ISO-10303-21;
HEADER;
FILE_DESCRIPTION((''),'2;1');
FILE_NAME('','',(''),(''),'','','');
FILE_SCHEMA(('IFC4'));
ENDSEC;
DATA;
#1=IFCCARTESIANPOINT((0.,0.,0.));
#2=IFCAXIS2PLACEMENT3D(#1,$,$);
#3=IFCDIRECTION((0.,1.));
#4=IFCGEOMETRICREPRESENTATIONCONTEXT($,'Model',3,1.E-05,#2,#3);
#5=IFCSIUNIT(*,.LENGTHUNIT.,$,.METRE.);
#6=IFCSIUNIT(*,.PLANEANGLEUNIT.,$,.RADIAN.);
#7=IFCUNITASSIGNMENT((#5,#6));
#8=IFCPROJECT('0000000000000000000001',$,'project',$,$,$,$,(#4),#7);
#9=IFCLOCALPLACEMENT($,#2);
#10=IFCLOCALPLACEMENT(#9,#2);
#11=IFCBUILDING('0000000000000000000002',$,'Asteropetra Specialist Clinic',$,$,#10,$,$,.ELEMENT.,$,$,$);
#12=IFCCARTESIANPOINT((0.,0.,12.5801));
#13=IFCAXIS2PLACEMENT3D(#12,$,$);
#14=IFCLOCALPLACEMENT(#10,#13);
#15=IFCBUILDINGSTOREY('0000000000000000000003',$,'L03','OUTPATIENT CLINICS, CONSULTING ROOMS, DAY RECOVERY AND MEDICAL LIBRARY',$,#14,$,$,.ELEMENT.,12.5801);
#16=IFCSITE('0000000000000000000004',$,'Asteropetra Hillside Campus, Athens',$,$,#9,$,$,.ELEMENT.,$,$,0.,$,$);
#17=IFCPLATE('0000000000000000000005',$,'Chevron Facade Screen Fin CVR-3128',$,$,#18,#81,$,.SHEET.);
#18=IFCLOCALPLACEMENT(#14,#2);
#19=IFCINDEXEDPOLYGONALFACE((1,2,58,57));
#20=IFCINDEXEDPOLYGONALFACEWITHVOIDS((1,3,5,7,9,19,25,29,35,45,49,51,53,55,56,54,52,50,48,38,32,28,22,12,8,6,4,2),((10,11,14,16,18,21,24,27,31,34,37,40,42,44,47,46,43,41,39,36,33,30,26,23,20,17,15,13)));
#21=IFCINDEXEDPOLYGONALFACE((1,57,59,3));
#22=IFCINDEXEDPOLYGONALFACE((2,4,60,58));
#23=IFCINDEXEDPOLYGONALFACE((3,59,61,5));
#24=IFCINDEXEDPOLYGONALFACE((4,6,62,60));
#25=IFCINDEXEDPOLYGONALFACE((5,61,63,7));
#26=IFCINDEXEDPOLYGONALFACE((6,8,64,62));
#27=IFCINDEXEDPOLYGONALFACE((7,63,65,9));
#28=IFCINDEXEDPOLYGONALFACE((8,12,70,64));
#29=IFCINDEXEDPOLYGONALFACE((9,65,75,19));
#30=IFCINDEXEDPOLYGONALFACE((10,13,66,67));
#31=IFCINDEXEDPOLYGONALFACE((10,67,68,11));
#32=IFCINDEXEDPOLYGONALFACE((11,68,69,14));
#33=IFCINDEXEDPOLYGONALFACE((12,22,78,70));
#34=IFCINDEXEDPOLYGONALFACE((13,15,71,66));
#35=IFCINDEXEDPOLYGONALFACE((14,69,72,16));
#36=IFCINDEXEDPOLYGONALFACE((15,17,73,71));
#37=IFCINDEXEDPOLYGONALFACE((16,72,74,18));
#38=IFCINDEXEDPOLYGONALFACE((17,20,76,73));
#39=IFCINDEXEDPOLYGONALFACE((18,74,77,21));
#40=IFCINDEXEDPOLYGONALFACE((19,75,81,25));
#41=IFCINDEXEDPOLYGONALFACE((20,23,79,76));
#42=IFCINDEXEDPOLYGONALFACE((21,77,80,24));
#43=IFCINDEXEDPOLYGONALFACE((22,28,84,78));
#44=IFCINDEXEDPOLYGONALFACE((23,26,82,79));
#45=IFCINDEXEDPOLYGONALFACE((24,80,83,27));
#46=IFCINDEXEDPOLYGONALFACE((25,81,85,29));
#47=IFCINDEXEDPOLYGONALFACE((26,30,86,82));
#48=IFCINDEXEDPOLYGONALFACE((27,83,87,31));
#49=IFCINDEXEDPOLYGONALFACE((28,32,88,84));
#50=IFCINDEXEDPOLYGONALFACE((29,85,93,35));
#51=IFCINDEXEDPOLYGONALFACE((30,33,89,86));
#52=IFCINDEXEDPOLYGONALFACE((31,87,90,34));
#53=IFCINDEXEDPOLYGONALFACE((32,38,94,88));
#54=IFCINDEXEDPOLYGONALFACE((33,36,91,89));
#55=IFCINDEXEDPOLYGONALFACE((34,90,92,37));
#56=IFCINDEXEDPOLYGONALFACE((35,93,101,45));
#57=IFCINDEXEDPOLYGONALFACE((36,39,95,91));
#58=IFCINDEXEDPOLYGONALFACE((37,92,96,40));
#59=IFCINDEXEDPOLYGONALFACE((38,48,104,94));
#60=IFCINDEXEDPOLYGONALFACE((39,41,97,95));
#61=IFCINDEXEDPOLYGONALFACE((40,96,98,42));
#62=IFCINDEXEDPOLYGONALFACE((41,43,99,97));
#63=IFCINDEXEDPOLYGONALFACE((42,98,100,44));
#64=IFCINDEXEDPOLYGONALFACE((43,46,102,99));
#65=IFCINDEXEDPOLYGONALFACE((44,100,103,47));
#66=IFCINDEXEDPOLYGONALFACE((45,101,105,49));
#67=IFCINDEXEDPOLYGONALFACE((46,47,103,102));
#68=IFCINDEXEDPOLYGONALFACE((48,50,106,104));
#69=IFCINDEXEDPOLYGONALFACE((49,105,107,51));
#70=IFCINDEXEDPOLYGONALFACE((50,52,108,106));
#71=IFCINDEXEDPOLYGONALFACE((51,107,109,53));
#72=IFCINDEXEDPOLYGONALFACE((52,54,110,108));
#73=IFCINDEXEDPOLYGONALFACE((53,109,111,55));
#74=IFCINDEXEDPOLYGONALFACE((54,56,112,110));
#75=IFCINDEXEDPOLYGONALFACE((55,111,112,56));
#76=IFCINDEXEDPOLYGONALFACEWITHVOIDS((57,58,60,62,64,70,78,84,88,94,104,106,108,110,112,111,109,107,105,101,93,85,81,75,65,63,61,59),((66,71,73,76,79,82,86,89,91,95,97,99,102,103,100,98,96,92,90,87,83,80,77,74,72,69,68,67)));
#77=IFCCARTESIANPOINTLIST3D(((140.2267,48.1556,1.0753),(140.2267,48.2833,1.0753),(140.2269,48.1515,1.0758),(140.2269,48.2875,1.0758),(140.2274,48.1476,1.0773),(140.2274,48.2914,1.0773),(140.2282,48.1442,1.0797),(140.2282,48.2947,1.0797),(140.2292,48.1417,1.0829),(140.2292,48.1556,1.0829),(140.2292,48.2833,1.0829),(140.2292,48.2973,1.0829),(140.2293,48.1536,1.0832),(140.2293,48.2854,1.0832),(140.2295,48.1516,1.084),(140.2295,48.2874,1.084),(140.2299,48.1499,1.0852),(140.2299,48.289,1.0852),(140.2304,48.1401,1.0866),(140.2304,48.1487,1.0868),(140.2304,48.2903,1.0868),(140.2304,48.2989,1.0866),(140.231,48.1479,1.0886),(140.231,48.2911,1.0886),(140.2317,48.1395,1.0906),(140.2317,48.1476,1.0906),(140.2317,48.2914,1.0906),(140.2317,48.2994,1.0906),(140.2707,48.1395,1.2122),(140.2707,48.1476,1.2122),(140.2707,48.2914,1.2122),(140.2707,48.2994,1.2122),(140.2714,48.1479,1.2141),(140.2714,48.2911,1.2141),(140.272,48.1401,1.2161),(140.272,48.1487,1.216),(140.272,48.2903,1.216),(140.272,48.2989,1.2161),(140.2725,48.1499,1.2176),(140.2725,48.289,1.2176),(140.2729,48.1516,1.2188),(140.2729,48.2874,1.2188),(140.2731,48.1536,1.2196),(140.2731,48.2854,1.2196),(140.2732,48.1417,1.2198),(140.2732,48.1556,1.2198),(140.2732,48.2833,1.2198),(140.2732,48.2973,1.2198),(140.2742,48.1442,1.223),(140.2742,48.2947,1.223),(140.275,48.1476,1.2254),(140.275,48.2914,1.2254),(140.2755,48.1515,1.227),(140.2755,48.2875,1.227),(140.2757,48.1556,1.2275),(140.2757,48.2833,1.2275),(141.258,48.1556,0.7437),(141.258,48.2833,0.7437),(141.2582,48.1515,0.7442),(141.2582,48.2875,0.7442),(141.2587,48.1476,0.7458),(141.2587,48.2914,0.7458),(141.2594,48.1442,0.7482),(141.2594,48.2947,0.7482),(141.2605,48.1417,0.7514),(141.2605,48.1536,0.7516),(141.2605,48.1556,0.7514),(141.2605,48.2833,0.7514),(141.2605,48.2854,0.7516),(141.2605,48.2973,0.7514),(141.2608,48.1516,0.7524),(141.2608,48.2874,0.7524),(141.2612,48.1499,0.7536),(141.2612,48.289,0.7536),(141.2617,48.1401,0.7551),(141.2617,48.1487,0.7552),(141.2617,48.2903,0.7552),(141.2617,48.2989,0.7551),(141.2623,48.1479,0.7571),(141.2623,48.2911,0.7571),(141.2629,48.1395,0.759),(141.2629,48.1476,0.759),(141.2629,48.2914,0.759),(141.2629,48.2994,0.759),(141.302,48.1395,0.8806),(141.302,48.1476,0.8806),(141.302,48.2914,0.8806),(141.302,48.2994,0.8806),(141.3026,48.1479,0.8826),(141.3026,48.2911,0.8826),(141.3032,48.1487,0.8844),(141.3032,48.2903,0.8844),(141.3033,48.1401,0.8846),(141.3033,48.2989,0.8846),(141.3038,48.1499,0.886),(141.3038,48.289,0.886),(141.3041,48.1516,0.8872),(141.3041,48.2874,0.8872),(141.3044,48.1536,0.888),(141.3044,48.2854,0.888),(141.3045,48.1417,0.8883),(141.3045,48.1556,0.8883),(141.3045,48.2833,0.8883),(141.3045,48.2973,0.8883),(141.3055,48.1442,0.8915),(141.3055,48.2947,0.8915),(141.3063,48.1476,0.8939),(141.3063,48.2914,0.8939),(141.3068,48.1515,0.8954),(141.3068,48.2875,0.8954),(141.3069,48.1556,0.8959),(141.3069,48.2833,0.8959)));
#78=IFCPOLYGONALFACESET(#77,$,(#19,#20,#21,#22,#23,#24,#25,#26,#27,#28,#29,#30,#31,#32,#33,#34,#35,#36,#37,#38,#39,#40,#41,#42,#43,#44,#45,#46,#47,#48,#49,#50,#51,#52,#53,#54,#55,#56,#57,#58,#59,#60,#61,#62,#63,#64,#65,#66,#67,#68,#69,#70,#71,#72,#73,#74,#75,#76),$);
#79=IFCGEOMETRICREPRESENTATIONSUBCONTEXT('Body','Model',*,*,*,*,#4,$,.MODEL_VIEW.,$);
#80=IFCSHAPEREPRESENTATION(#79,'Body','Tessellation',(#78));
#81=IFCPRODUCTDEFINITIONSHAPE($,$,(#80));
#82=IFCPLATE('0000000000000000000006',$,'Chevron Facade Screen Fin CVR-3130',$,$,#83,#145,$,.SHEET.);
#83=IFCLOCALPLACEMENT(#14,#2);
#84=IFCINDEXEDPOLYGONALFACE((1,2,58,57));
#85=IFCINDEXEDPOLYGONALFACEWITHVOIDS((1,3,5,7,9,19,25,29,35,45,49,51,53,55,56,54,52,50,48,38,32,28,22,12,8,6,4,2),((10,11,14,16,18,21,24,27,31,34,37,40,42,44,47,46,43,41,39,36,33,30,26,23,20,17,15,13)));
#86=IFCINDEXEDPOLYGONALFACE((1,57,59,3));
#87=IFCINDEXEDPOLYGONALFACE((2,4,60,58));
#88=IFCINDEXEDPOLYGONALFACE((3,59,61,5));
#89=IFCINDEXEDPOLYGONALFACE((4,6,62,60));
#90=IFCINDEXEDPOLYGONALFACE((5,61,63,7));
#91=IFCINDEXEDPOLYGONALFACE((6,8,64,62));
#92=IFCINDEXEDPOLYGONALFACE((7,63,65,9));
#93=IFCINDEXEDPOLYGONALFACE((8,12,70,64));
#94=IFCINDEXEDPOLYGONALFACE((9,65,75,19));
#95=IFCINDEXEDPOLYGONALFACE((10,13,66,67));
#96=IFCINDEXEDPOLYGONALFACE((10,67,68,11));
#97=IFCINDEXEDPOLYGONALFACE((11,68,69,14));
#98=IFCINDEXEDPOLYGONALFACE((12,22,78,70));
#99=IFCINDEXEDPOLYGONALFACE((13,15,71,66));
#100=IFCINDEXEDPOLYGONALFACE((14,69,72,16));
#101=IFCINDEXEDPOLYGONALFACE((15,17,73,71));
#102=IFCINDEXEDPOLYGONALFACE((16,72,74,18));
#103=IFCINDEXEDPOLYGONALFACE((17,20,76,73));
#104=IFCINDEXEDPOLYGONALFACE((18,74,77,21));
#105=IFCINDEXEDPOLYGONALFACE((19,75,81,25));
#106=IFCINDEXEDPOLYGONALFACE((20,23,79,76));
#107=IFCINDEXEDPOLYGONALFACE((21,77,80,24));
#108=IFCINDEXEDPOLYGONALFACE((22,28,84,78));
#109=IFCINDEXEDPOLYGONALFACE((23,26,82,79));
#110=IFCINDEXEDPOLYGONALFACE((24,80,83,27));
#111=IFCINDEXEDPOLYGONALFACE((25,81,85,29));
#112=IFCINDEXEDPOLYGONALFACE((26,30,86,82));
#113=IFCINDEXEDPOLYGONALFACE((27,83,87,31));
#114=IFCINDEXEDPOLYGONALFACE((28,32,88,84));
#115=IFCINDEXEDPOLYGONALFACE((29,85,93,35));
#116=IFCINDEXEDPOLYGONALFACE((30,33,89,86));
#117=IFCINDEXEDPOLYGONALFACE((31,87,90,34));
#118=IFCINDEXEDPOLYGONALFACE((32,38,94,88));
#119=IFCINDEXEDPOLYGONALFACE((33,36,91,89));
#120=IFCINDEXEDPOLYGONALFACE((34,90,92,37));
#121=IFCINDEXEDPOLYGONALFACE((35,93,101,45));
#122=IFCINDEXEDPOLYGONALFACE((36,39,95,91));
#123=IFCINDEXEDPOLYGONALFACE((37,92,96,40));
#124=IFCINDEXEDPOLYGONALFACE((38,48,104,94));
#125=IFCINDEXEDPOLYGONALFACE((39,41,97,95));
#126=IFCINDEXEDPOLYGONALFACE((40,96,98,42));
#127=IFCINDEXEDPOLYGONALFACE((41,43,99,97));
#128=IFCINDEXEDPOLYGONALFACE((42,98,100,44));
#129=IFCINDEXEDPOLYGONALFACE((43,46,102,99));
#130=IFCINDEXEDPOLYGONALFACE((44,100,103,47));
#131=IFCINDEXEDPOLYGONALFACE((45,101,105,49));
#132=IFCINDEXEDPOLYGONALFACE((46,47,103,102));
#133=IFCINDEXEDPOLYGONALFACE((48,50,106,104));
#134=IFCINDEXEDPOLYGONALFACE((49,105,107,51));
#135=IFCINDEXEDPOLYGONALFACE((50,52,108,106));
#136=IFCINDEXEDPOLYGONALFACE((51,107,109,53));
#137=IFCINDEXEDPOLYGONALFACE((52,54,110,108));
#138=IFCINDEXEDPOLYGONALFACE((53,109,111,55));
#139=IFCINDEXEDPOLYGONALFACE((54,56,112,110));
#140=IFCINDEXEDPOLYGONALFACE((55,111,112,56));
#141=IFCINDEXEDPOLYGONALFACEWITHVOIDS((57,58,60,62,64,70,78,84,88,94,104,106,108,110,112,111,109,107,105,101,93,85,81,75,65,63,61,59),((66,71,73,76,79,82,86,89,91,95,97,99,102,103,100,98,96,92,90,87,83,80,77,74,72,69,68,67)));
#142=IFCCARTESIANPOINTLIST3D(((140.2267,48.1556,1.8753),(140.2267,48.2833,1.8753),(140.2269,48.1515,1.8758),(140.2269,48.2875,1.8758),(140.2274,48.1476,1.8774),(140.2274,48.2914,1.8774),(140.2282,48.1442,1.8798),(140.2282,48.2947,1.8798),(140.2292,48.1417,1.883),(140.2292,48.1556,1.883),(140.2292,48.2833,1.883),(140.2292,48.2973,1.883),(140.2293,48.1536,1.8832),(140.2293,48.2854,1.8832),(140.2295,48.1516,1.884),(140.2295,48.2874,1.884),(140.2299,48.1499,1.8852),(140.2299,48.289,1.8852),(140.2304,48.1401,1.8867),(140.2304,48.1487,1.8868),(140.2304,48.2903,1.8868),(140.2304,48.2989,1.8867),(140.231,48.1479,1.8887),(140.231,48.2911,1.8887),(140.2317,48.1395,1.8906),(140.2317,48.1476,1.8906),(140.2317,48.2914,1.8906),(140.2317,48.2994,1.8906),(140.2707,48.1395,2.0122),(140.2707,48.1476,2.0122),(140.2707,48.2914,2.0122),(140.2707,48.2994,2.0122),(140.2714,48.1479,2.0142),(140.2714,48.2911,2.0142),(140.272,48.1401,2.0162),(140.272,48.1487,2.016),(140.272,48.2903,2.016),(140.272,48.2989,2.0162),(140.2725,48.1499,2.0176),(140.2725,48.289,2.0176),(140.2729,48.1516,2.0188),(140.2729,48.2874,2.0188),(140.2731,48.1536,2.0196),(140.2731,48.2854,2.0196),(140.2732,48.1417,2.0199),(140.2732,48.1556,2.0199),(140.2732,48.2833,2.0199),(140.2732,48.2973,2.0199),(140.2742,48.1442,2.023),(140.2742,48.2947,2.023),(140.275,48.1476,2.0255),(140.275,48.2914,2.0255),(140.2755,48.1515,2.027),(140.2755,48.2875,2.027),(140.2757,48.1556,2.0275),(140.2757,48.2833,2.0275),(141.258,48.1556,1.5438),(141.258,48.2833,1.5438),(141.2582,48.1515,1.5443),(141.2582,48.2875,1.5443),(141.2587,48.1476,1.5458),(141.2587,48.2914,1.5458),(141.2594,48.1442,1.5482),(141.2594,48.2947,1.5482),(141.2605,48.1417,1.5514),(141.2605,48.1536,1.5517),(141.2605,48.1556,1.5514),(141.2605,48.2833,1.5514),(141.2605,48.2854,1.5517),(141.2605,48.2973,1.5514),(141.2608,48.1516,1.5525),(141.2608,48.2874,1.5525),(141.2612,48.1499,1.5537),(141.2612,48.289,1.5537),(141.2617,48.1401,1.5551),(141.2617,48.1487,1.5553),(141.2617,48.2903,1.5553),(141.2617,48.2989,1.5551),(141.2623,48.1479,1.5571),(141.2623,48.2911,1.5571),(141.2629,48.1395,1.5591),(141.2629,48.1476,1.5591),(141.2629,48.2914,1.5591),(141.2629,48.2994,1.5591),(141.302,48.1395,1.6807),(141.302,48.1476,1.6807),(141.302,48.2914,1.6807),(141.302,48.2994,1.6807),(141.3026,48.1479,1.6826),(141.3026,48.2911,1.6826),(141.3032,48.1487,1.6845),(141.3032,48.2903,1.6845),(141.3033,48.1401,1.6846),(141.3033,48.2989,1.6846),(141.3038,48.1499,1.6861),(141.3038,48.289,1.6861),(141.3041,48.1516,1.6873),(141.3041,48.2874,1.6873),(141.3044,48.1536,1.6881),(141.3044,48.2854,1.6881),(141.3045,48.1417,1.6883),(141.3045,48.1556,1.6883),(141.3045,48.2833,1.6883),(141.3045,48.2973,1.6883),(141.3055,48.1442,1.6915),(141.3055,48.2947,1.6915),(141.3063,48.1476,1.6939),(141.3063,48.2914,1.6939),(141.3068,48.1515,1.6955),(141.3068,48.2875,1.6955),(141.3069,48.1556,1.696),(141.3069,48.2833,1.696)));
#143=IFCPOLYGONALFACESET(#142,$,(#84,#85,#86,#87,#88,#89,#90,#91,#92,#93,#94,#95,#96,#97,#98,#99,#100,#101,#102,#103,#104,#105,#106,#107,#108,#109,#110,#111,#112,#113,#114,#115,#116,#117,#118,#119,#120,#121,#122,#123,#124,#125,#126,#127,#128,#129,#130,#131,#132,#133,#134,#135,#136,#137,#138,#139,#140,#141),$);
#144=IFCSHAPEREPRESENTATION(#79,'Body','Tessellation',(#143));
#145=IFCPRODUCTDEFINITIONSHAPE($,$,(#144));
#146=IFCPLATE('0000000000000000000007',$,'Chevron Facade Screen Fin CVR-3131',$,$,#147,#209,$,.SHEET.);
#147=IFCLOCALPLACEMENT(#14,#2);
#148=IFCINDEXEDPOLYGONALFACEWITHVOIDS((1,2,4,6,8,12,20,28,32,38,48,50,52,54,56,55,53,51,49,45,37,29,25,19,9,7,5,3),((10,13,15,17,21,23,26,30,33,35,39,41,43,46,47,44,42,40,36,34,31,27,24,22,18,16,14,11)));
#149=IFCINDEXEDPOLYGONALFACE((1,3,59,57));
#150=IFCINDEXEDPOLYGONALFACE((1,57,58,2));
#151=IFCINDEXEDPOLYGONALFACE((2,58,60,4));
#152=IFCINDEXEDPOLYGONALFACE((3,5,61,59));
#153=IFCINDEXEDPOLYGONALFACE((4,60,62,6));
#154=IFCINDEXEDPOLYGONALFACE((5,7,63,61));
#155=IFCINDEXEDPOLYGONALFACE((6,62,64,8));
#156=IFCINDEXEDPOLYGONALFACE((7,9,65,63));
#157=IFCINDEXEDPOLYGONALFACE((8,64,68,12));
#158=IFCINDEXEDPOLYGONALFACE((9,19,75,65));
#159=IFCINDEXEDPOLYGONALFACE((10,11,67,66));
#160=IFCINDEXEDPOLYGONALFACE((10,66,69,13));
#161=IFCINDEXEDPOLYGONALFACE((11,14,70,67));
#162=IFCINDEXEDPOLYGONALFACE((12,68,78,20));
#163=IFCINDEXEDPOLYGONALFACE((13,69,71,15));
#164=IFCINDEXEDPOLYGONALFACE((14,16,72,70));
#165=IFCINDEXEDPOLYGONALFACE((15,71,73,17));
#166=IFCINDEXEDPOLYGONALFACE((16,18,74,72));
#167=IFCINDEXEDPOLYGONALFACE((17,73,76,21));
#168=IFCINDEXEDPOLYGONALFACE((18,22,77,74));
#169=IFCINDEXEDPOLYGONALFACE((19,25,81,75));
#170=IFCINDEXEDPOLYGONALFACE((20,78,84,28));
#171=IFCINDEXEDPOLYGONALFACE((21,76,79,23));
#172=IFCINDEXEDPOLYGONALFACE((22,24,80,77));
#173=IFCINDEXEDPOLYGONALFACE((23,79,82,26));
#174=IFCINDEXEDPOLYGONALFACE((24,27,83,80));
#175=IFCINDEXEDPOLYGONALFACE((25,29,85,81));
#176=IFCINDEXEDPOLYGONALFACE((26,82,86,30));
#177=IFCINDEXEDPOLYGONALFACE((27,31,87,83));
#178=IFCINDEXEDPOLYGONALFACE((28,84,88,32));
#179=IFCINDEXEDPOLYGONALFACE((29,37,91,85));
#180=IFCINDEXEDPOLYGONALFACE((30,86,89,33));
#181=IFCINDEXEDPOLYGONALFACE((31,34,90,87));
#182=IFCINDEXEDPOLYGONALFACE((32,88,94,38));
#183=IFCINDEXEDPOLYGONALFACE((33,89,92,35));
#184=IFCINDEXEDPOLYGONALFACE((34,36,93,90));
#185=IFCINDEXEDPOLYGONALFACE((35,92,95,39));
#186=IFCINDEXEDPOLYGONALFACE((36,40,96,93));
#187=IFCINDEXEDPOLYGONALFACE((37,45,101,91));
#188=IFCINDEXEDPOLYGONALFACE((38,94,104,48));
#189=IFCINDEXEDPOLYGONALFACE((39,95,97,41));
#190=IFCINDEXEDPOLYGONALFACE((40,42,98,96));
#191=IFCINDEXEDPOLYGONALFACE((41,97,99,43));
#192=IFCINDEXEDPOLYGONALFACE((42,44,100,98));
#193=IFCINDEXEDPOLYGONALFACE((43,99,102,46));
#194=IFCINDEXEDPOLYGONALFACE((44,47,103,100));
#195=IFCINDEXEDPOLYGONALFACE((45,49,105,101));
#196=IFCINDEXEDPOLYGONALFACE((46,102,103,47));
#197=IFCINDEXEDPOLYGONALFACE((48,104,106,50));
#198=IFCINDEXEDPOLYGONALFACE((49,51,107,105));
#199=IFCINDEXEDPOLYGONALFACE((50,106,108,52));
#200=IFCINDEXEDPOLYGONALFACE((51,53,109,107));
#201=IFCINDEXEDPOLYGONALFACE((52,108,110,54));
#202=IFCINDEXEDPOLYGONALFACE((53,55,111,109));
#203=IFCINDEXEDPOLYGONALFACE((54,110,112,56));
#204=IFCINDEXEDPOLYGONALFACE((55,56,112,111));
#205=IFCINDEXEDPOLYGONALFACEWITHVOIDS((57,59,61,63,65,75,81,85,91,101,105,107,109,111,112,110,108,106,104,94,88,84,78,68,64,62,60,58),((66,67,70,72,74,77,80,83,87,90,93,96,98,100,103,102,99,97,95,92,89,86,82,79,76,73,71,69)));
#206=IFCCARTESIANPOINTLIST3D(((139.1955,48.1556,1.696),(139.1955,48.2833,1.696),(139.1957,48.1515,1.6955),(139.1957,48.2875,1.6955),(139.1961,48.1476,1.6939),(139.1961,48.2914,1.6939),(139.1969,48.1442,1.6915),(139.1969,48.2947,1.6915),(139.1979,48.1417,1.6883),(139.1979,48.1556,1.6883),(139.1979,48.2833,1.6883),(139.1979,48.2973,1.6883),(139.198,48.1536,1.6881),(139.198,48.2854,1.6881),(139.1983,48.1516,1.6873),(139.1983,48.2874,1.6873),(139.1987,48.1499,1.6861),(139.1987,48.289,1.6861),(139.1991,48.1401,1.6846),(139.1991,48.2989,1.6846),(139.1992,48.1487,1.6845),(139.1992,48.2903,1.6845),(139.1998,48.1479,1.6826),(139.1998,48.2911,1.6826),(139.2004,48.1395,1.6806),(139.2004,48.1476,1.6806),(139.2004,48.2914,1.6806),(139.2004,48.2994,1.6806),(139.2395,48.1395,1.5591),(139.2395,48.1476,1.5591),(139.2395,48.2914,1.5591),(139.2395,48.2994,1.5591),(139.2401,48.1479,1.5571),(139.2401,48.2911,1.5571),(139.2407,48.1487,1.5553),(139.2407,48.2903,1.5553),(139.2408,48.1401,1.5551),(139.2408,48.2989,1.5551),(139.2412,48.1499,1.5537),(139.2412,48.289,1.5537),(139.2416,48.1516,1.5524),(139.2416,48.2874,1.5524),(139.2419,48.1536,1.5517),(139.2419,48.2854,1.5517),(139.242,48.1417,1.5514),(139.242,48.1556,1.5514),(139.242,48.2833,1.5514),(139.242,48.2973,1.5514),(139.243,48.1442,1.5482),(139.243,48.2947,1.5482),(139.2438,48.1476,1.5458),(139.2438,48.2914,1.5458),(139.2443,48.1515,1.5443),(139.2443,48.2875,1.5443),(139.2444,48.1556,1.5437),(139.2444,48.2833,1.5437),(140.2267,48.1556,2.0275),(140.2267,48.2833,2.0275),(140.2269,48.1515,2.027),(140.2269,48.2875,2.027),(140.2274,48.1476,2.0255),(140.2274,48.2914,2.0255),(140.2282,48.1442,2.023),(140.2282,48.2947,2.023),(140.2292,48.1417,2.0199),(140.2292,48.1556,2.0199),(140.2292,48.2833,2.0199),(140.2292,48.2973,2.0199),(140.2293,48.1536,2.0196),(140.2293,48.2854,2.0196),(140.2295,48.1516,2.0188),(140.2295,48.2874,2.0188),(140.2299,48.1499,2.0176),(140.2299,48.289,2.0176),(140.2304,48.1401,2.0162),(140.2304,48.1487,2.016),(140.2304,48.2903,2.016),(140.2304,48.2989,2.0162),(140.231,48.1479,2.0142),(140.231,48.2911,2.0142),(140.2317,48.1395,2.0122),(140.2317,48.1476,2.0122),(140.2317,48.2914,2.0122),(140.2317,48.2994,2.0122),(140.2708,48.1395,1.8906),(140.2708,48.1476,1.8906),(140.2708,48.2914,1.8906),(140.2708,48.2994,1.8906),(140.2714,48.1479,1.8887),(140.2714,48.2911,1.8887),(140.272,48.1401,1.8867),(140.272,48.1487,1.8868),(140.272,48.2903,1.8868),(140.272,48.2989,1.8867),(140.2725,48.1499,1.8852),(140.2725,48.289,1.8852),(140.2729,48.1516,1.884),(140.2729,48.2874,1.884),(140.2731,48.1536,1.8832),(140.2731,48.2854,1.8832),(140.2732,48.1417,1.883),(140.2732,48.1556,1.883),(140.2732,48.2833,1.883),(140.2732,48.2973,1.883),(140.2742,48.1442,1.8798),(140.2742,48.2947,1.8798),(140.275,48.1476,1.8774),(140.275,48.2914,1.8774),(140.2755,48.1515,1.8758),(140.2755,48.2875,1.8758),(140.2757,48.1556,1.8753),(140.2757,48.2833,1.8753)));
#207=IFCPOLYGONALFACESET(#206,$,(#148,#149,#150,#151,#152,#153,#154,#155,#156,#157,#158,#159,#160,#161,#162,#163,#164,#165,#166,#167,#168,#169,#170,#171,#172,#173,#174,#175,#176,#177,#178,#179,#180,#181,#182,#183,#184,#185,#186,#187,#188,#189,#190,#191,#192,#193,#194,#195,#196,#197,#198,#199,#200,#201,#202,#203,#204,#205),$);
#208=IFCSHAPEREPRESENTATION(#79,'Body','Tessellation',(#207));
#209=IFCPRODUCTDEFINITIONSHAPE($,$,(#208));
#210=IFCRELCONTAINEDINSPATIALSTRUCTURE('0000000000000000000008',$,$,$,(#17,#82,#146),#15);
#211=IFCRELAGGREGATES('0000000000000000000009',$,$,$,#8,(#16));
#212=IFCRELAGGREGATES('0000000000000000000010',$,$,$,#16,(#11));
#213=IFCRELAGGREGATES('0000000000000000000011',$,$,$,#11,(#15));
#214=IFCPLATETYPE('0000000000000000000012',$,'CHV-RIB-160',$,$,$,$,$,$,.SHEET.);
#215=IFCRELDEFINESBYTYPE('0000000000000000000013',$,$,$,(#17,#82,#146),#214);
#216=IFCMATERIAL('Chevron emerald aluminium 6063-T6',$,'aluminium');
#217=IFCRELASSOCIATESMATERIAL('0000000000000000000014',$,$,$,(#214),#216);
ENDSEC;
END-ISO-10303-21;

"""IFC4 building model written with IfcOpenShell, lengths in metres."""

from ifc_helpers import new_model, si_unit, direction, frame, origin, origin_2d, place, context, subcontext, project, spatial, hollow_rectangle, extrude, material, material_profile, profile_set, type_object, element, save


model = new_model("IFC4")

# Units and contexts
model_context = context("Model", 3, precision=1e-05, world=origin(), true_north=direction((0.0, 1.0)))
body_context = subcontext(model_context, "Body", "Model", "MODEL_VIEW")
ifc_project = project(units=[si_unit("LENGTHUNIT", "METRE"), si_unit("PLANEANGLEUNIT", "RADIAN")], contexts=[model_context])

# Site, building, storey
site_placement = place(None, origin())
site = spatial("IfcSite", under=ifc_project, at=site_placement, Name="Asteropetra Hillside Campus, Athens", CompositionType="ELEMENT", RefElevation=0.0)
building_placement = place(site_placement, origin())
building = spatial("IfcBuilding", under=site, at=building_placement, Name="Asteropetra Specialist Clinic", CompositionType="ELEMENT")
storey_placement = place(building_placement, frame((0.0, 0.0, 12.5801)))
storey = spatial("IfcBuildingStorey", under=building, at=storey_placement, Name="L03", Description="OUTPATIENT CLINICS, CONSULTING ROOMS, DAY RECOVERY AND MEDICAL LIBRARY", CompositionType="ELEMENT", Elevation=12.5801)

# Plates
ifc_material_1 = material(Name="Chevron emerald aluminium 6063-T6", Category="aluminium")
ifc_material_profile = material_profile(ifc_material_1, hollow_rectangle(XDim=0.1599, YDim=0.1599, WallThickness=0.0081, InnerFilletRadius=0.0081, OuterFilletRadius=0.0161, at=origin_2d()), Name="SHS 160x160x8.0")
ifc_profile_set = profile_set([ifc_material_profile], Name="Chevron emerald aluminium 6063-T6")
plate_type_1 = type_object("IfcPlateType", Name="CHV-RIB-160", PredefinedType="SHEET", material=ifc_profile_set)
for number, where, z_axis, x_axis, name in (
    (1, (141.2825, 48.2195, 0.8198), (-0.95201, 0.0, 0.306068), (0.0, -1.0, 0.0), "Chevron Facade Screen Fin CVR-3128"),
    (2, (141.2825, 48.2195, 1.6199), (-0.95201, 0.0, 0.306068), (0.0, -1.0, 0.0), "Chevron Facade Screen Fin CVR-3130"),
    (3, (140.2512, 48.2195, 1.9514), (-0.95201, 0.0, -0.306068), (0.0, -1.0, 0.0), "Chevron Facade Screen Fin CVR-3131"),
):
    element("IfcPlate", number, at=place(storey_placement, frame(where, z_axis=z_axis, x_axis=x_axis)), inside=storey, type_object=plate_type_1, Name=name, PredefinedType="SHEET", context=body_context, shape_type="SweptSolid", body=[
        extrude(hollow_rectangle(XDim=0.1599, YDim=0.1599, WallThickness=0.0081, InnerFilletRadius=0.0081, OuterFilletRadius=0.0161, at=origin_2d()), origin(), (0.0, 0.0, 1.0), 1.0833),
    ])

save(model, "model.ifc")
